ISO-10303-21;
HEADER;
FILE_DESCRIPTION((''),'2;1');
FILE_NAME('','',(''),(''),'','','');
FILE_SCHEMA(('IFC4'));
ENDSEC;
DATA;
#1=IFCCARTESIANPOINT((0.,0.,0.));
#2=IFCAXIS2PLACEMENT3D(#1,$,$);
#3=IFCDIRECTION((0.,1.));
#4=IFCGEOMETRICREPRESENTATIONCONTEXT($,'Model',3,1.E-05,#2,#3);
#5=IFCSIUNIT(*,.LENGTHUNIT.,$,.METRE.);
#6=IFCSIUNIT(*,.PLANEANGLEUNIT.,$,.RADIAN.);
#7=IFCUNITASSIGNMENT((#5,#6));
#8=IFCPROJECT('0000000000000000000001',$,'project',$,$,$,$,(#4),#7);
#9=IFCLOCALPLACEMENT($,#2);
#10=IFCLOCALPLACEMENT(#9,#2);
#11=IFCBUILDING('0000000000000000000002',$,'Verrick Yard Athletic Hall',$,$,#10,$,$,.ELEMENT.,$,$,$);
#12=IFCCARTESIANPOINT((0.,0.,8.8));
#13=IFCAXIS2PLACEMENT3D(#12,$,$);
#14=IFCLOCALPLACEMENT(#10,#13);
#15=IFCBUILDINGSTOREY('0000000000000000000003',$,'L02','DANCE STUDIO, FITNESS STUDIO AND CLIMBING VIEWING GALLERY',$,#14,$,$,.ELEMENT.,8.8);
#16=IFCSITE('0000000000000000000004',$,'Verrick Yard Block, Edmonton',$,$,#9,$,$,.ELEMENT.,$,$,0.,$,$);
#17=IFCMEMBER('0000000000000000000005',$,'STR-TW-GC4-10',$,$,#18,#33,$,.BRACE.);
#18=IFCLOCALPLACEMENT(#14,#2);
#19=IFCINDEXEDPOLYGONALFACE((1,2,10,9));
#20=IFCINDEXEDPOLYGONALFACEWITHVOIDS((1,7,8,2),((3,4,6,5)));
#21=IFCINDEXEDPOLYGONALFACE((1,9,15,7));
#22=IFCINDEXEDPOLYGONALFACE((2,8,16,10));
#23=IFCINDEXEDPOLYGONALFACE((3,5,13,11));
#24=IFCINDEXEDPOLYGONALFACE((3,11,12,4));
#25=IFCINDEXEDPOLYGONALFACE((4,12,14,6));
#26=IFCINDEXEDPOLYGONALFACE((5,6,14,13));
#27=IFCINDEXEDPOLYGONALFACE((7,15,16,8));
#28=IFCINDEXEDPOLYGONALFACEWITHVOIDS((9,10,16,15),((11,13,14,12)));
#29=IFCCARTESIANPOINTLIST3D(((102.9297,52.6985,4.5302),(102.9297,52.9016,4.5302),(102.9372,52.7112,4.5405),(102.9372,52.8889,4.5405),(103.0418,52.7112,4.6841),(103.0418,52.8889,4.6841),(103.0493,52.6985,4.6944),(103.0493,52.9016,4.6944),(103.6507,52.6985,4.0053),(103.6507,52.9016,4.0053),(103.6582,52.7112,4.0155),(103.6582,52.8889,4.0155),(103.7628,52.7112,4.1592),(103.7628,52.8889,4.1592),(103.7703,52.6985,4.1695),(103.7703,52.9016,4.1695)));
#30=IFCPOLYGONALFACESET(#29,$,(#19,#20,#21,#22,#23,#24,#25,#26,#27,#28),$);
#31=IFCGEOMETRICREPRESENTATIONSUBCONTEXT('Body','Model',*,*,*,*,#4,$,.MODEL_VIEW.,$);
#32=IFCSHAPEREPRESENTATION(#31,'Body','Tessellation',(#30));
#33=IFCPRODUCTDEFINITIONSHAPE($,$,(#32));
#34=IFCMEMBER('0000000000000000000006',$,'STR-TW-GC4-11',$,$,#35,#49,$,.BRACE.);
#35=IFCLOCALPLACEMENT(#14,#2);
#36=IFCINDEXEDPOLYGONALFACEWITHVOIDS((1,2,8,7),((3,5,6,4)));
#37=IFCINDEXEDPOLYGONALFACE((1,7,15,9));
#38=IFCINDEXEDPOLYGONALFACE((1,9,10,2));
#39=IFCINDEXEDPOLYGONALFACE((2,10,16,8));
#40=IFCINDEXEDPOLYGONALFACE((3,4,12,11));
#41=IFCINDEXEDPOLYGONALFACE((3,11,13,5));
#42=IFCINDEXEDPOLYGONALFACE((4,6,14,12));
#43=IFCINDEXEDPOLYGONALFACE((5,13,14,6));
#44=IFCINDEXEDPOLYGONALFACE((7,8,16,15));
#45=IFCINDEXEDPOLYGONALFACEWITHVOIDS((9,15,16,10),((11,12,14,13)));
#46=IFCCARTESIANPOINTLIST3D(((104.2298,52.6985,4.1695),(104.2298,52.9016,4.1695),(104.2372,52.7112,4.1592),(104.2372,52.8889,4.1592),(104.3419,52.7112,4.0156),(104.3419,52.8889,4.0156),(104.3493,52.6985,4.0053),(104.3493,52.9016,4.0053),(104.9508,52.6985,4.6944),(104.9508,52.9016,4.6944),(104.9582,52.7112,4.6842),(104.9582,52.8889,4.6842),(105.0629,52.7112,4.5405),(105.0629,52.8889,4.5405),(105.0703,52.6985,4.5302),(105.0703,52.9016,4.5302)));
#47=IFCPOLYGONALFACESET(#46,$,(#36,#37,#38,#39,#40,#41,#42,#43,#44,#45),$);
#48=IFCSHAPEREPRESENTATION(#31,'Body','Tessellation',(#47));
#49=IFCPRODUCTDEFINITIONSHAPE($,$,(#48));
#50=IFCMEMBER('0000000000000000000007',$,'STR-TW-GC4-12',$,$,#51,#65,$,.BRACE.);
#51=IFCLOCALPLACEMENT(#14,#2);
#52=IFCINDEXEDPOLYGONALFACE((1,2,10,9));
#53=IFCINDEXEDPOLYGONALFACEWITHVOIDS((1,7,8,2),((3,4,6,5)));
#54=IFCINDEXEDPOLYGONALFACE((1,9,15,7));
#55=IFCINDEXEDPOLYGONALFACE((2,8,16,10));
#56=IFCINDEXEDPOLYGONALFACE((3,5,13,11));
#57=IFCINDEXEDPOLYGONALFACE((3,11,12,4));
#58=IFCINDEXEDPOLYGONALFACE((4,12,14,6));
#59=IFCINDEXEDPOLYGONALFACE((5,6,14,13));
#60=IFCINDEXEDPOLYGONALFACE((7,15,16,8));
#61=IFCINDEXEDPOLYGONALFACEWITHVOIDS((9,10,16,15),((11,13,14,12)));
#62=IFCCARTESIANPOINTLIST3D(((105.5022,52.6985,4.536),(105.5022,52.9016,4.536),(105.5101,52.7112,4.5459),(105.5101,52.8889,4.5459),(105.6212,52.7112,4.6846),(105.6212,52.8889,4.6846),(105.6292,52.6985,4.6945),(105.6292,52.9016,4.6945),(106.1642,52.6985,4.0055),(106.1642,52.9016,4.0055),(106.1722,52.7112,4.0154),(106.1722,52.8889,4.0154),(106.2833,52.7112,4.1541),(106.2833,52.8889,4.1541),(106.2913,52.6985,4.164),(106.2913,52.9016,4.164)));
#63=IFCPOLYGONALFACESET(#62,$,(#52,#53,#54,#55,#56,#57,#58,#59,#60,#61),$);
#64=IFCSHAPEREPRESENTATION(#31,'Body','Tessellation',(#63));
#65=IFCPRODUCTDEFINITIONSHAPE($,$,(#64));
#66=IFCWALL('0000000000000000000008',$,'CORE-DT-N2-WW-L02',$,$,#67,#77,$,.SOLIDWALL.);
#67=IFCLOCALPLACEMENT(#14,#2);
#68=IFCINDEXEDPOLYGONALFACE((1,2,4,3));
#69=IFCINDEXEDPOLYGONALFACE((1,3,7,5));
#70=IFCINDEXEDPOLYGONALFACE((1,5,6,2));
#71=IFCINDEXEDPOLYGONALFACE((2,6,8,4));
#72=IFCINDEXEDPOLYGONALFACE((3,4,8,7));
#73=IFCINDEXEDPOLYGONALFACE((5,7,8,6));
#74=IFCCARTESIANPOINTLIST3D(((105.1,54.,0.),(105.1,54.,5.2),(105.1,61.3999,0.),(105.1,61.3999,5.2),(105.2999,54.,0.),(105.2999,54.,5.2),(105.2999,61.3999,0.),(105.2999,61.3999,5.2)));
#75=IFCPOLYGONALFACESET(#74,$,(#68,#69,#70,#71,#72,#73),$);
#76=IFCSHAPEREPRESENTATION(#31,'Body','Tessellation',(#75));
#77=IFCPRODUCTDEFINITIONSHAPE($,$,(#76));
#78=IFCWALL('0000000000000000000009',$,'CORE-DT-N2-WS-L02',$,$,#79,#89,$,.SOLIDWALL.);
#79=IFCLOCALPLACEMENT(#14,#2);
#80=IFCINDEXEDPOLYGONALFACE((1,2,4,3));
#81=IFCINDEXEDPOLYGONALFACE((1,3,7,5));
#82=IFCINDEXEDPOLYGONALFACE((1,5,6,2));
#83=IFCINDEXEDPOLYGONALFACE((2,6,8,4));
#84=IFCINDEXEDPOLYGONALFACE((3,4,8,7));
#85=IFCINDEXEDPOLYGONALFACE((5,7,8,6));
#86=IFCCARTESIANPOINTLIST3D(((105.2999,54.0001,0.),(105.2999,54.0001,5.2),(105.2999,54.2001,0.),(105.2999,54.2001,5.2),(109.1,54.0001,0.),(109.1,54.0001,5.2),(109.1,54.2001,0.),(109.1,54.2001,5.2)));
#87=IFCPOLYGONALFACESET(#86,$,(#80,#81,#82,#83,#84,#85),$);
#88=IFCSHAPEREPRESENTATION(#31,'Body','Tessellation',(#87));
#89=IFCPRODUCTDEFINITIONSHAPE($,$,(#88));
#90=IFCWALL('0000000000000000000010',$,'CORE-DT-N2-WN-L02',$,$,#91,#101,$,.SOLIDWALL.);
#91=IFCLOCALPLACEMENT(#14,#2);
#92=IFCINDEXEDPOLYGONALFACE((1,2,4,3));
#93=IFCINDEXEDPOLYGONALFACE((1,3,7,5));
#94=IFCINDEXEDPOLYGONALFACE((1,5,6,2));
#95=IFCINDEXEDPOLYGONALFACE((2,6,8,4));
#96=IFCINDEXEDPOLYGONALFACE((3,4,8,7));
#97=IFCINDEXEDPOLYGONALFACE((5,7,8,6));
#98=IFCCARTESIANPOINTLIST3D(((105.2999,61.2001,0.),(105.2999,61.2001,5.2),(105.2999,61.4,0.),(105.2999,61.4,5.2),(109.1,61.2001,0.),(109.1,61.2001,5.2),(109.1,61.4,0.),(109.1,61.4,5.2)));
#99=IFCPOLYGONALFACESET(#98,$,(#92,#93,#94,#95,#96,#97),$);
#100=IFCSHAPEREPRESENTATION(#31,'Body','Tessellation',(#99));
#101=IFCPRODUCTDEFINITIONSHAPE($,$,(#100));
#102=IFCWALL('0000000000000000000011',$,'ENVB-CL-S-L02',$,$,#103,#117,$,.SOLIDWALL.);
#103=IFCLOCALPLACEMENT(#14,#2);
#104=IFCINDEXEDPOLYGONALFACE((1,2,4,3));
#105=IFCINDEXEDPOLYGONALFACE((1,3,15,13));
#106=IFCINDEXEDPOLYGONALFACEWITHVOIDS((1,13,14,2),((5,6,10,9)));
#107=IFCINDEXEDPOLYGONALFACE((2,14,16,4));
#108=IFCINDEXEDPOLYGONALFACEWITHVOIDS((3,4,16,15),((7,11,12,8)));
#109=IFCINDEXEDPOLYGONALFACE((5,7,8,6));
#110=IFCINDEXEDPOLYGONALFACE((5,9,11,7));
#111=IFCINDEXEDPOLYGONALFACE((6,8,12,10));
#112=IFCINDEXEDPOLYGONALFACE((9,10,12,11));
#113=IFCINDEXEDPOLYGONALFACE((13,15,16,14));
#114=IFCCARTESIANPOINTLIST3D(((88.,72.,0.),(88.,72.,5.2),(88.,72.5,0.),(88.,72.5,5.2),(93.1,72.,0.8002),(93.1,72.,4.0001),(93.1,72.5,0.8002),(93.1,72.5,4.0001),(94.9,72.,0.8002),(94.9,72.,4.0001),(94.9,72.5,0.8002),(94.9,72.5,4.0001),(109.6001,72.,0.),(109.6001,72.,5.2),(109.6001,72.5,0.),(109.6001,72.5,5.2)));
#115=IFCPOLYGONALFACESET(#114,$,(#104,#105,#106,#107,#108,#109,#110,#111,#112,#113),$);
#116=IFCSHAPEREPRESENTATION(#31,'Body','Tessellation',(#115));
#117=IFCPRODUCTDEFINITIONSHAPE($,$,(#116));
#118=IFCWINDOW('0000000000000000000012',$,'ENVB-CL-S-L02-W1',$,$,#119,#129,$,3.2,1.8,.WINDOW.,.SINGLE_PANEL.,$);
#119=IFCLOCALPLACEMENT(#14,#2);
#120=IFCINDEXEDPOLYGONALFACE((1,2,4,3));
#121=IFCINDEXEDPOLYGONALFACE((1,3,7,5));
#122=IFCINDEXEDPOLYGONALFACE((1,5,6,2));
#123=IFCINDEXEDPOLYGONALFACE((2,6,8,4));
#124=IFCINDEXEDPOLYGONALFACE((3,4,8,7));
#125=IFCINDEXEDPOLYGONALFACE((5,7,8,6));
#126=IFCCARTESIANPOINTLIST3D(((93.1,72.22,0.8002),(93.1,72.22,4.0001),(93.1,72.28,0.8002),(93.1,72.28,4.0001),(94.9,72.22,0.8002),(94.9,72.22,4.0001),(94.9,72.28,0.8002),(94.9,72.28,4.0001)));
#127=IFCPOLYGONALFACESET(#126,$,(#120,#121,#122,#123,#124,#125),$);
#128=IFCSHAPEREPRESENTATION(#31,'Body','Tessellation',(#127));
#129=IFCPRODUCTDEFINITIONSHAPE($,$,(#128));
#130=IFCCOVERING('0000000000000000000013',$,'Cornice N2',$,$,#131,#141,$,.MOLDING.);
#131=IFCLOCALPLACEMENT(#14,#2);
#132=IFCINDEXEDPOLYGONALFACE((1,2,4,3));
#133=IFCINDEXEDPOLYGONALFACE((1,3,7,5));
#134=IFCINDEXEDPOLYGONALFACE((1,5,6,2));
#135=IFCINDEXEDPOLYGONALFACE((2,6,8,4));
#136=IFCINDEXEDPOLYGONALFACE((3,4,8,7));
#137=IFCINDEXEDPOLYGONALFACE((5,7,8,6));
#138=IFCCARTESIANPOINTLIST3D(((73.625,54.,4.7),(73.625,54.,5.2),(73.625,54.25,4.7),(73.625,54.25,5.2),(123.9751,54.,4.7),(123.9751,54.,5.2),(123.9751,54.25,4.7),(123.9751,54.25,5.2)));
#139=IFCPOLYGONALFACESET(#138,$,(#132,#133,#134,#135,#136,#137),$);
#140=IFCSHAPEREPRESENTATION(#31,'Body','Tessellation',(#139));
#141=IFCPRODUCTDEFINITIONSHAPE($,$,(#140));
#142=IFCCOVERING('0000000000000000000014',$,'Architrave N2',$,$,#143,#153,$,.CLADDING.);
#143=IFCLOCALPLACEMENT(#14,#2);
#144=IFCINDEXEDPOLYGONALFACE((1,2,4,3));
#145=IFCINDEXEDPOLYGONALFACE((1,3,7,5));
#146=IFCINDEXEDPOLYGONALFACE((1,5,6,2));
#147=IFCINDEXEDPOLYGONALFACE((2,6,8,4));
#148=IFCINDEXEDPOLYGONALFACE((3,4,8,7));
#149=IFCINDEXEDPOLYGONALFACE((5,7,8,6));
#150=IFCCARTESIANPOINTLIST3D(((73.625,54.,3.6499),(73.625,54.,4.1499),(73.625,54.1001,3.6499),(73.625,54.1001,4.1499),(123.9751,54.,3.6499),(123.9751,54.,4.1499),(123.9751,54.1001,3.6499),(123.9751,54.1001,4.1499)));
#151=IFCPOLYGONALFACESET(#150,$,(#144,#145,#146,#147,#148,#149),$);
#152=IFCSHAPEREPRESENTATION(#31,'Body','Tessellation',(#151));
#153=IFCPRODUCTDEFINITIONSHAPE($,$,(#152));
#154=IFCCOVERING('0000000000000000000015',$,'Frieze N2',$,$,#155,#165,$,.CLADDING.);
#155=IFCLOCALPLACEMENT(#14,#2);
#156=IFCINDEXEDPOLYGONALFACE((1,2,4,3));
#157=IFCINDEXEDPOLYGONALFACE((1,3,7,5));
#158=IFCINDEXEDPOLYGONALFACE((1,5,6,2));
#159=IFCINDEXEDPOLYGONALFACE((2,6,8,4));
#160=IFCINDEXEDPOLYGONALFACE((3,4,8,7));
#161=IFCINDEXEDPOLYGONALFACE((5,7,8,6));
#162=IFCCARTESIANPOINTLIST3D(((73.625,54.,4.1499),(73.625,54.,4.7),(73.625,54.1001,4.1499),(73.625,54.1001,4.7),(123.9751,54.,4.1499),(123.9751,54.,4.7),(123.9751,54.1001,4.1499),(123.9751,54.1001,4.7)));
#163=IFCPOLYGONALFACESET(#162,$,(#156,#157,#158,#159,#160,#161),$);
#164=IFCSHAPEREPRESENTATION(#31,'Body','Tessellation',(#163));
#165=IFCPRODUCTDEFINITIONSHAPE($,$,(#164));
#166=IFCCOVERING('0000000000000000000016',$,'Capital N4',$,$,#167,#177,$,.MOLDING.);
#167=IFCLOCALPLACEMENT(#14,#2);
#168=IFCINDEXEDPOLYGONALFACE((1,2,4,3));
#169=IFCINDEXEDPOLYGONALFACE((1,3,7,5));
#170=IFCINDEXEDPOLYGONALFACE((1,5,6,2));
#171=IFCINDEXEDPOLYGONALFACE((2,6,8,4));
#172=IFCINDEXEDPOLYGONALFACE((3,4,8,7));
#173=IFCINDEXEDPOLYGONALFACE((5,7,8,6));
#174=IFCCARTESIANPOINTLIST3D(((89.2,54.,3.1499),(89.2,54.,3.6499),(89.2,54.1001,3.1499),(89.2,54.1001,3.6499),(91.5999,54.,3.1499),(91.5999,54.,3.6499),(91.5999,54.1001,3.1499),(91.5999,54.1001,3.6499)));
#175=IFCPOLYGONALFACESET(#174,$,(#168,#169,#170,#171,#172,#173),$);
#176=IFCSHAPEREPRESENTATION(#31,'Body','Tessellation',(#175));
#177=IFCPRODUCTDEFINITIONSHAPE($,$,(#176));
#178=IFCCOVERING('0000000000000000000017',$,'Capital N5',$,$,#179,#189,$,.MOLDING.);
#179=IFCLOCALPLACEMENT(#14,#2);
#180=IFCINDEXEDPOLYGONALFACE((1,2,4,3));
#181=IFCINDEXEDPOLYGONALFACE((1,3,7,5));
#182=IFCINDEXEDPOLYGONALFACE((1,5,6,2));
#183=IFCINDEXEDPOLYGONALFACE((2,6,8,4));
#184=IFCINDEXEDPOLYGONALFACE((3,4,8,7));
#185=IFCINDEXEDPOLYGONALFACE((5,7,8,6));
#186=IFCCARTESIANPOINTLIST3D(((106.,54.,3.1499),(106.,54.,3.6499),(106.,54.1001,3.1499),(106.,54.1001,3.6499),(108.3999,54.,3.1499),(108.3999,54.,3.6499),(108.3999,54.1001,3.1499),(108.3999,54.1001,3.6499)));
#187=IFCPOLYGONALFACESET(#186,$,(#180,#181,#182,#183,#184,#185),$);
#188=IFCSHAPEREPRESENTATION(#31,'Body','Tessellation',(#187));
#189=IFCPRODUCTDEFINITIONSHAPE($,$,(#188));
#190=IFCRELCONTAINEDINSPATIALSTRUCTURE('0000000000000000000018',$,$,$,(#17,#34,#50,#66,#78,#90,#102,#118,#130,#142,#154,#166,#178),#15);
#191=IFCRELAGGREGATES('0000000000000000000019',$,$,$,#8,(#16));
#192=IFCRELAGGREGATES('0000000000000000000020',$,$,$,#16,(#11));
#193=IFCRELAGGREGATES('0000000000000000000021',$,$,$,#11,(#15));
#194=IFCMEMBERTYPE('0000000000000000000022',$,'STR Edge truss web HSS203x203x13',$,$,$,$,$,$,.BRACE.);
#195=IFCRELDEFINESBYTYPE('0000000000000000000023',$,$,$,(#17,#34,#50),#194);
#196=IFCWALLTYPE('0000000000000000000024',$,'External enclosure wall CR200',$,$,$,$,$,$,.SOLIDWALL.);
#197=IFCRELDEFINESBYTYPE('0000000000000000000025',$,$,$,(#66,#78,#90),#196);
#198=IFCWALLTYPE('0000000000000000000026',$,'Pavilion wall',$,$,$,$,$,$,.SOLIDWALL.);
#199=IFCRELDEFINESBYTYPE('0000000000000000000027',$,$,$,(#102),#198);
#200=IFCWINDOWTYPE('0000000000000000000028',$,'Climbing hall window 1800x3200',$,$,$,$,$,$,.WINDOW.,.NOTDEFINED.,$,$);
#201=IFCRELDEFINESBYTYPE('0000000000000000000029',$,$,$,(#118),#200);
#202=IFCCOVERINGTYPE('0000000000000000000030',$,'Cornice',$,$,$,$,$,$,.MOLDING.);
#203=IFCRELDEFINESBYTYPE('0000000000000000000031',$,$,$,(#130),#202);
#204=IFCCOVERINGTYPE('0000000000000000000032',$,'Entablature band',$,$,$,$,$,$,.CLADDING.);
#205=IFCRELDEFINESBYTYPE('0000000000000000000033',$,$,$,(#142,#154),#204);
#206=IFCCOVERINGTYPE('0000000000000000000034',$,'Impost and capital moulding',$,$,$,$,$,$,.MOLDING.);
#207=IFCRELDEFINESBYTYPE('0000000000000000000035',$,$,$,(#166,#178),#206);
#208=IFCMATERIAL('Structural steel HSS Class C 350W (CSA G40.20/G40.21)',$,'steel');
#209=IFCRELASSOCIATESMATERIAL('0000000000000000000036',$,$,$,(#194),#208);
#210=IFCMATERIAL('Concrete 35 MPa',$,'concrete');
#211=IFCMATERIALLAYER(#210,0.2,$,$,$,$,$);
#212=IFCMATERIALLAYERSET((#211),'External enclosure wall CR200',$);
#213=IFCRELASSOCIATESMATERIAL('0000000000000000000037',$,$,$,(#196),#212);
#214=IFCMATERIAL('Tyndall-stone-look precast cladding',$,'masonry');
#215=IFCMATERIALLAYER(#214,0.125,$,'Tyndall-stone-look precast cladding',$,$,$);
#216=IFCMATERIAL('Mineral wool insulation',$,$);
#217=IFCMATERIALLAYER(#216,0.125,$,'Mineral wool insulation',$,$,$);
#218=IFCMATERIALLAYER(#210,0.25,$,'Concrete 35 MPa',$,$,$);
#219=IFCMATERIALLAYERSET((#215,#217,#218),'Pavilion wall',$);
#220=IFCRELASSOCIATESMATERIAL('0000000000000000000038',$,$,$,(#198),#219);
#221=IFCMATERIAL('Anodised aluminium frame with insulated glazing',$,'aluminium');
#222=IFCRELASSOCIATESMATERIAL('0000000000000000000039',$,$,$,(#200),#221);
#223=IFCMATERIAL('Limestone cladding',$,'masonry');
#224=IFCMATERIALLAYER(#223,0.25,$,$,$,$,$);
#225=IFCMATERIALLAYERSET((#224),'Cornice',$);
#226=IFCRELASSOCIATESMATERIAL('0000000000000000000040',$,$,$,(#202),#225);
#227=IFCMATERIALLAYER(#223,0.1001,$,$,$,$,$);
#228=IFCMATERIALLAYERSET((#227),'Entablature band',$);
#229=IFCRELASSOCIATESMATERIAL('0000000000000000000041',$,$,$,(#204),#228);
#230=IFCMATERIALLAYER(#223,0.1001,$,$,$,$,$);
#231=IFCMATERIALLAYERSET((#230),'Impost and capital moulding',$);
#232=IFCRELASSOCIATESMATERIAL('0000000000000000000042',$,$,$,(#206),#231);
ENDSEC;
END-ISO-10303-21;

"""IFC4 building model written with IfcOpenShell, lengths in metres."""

from ifc_helpers import new_model, si_unit, direction, frame, frame_2d, origin, origin_2d, place, context, subcontext, project, spatial, rectangle, hollow_rectangle, extrude, material, layer, layer_set, material_profile, profile_set, type_object, element, fill, save


model = new_model("IFC4")

# Units and contexts
model_context = context("Model", 3, precision=1e-05, world=origin(), true_north=direction((0.0, 1.0)))
body_context = subcontext(model_context, "Body", "Model", "MODEL_VIEW")
ifc_project = project(units=[si_unit("LENGTHUNIT", "METRE"), si_unit("PLANEANGLEUNIT", "RADIAN")], contexts=[model_context])

# Site, building, storey
site_placement = place(None, origin())
site = spatial("IfcSite", under=ifc_project, at=site_placement, Name="Verrick Yard Block, Edmonton", CompositionType="ELEMENT", RefElevation=0.0)
building_placement = place(site_placement, origin())
building = spatial("IfcBuilding", under=site, at=building_placement, Name="Verrick Yard Athletic Hall", CompositionType="ELEMENT")
storey_placement = place(building_placement, frame((0.0, 0.0, 8.8)))
storey = spatial("IfcBuildingStorey", under=building, at=storey_placement, Name="L02", Description="DANCE STUDIO, FITNESS STUDIO AND CLIMBING VIEWING GALLERY", CompositionType="ELEMENT", Elevation=8.8)

# Shared definitions
ifc_material_1 = material(Name="Concrete 35 MPa", Category="concrete")

# Members
ifc_material_2 = material(Name="Structural steel HSS Class C 350W (CSA G40.20/G40.21)", Category="steel")
ifc_material_profile_1 = material_profile(ifc_material_2, hollow_rectangle(XDim=0.2031, YDim=0.2031, WallThickness=0.0127, at=origin_2d()), Name="HSS203x203x13")
ifc_profile_set_1 = profile_set([ifc_material_profile_1], Name="Structural steel HSS Class C 350W (CSA G40.20/G40.21)")
member_type_1 = type_object("IfcMemberType", Name="STR Edge truss web HSS203x203x13", PredefinedType="BRACE", material=ifc_profile_set_1)
for number, where, z_axis, x_axis, name in (
    (1, (102.9895, 52.8, 4.6123), (0.808428, 0.0, -0.588595), (0.0, 1.0, 0.0), "STR-TW-GC4-10"),
    (2, (104.2896, 52.8, 4.0874), (0.808428, 0.0, 0.588595), (0.0, 1.0, 0.0), "STR-TW-GC4-11"),
):
    element("IfcMember", number, at=place(storey_placement, frame(where, z_axis=z_axis, x_axis=x_axis)), inside=storey, type_object=member_type_1, Name=name, PredefinedType="BRACE", context=body_context, shape_type="SweptSolid", body=[
        extrude(hollow_rectangle(XDim=0.2031, YDim=0.2031, WallThickness=0.0127, at=origin_2d()), origin(), (0.0, 0.0, 1.0), 0.8918),
    ])
member_1_placement = place(storey_placement, frame((105.5657, 52.8, 4.6152), z_axis=(0.780391, 0.0, -0.625291), x_axis=(0.0, 1.0, 0.0)))
element("IfcMember", 3, at=member_1_placement, inside=storey, type_object=member_type_1, Name="STR-TW-GC4-12", PredefinedType="BRACE", context=body_context, shape_type="SweptSolid", body=[
    extrude(hollow_rectangle(XDim=0.2031, YDim=0.2031, WallThickness=0.0127, at=origin_2d()), origin(), (0.0, 0.0, 1.0), 0.8484),
])

# Walls
ifc_layer_1 = layer(ifc_material_1, 0.2)
ifc_layer_set_1 = layer_set([ifc_layer_1], Name="External enclosure wall CR200")
wall_type_1 = type_object("IfcWallType", Name="External enclosure wall CR200", PredefinedType="SOLIDWALL", material=ifc_layer_set_1)
wall_1_placement = place(storey_placement, frame((105.2, 54.0, 0.0), z_axis=(0.0, 0.0, 1.0), x_axis=(0.0, 1.0, 0.0)))
element("IfcWall", 4, at=wall_1_placement, inside=storey, type_object=wall_type_1, Name="CORE-DT-N2-WW-L02", PredefinedType="SOLIDWALL", context=body_context, shape_type="SweptSolid", body=[
    extrude(rectangle(XDim=7.3999, YDim=0.2, at=frame_2d((3.7, 0.0))), origin(), (0.0, 0.0, 1.0), 5.2),
])
for number, where, z_axis, x_axis, name in (
    (5, (105.3, 54.1001, 0.0), (0.0, 0.0, 1.0), (1.0, 0.0, 0.0), "CORE-DT-N2-WS-L02"),
    (6, (105.3, 61.3, 0.0), (0.0, 0.0, 1.0), (1.0, 0.0, 0.0), "CORE-DT-N2-WN-L02"),
):
    element("IfcWall", number, at=place(storey_placement, frame(where, z_axis=z_axis, x_axis=x_axis)), inside=storey, type_object=wall_type_1, Name=name, PredefinedType="SOLIDWALL", context=body_context, shape_type="SweptSolid", body=[
        extrude(rectangle(XDim=3.8, YDim=0.2, at=frame_2d((1.8999, 0.0))), origin(), (0.0, 0.0, 1.0), 5.2),
    ])

# Wall, opening, window
ifc_material_3 = material(Name="Tyndall-stone-look precast cladding", Category="masonry")
ifc_layer_2 = layer(ifc_material_3, 0.125, Name="Tyndall-stone-look precast cladding")
ifc_material_4 = material(Name="Mineral wool insulation")
ifc_layer_3 = layer(ifc_material_4, 0.125, Name="Mineral wool insulation")
ifc_layer_4 = layer(ifc_material_1, 0.25, Name="Concrete 35 MPa")
ifc_layer_set_2 = layer_set([ifc_layer_2, ifc_layer_3, ifc_layer_4], Name="Pavilion wall")
wall_type_2 = type_object("IfcWallType", Name="Pavilion wall", PredefinedType="SOLIDWALL", material=ifc_layer_set_2)
wall_2_placement = place(storey_placement, frame((88.0, 72.25, 0.0), z_axis=(0.0, 0.0, 1.0), x_axis=(1.0, 0.0, 0.0)))
wall_2 = element("IfcWall", 7, at=wall_2_placement, inside=storey, type_object=wall_type_2, Name="ENVB-CL-S-L02", PredefinedType="SOLIDWALL", context=body_context, shape_type="SweptSolid", body=[
    extrude(rectangle(XDim=21.6001, YDim=0.5, at=frame_2d((10.8, 0.0))), origin(), (0.0, 0.0, 1.0), 5.2),
])
opening_placement = place(wall_2_placement, frame((5.1001, 0.0, 0.8)))
opening = element("IfcOpeningElement", 8, at=opening_placement, cuts=wall_2, PredefinedType="OPENING", context=body_context, shape_type="SweptSolid", body=[
    extrude(rectangle(XDim=1.8, YDim=3.2, at=frame_2d((0.8999, 1.6001))), frame((0.0, 0.26, 0.0), z_axis=(0.0, -1.0, 0.0), x_axis=(1.0, 0.0, 0.0)), (0.0, 0.0, 1.0), 0.52),
])
ifc_material_5 = material(Name="Anodised aluminium frame with insulated glazing", Category="aluminium")
window_type = type_object("IfcWindowType", Name="Climbing hall window 1800x3200", PartitioningType="NOTDEFINED", PredefinedType="WINDOW", material=ifc_material_5)
window_placement = place(opening_placement, origin())
window = element("IfcWindow", 9, at=window_placement, inside=storey, type_object=window_type, Name="ENVB-CL-S-L02-W1", OverallHeight=3.2, OverallWidth=1.8, PartitioningType="SINGLE_PANEL", PredefinedType="WINDOW", context=body_context, shape_type="SweptSolid", body=[
    extrude(rectangle(XDim=1.8, YDim=3.2, at=frame_2d((0.8999, 1.6001))), frame((0.0, 0.03, 0.0), z_axis=(0.0, -1.0, 0.0), x_axis=(1.0, 0.0, 0.0)), (0.0, 0.0, 1.0), 0.0601),
])
fill(opening, window)

# Coverings
ifc_material_6 = material(Name="Limestone cladding", Category="masonry")
ifc_layer_5 = layer(ifc_material_6, 0.25)
ifc_layer_set_3 = layer_set([ifc_layer_5], Name="Cornice")
covering_type_1 = type_object("IfcCoveringType", Name="Cornice", PredefinedType="MOLDING", material=ifc_layer_set_3)
covering_1_placement = place(storey_placement, frame((98.8, 54.125, 4.7), z_axis=(0.0, 0.0, 1.0), x_axis=(1.0, 0.0, 0.0)))
element("IfcCovering", 10, at=covering_1_placement, inside=storey, type_object=covering_type_1, Name="Cornice N2", PredefinedType="MOLDING", context=body_context, shape_type="SweptSolid", body=[
    extrude(rectangle(XDim=50.3501, YDim=0.25, at=origin_2d()), origin(), (0.0, 0.0, 1.0), 0.5),
])
ifc_layer_6 = layer(ifc_material_6, 0.1001)
ifc_layer_set_4 = layer_set([ifc_layer_6], Name="Entablature band")
covering_type_2 = type_object("IfcCoveringType", Name="Entablature band", PredefinedType="CLADDING", material=ifc_layer_set_4)
covering_2_placement = place(storey_placement, frame((98.8, 54.05, 3.6499), z_axis=(0.0, 0.0, 1.0), x_axis=(1.0, 0.0, 0.0)))
element("IfcCovering", 11, at=covering_2_placement, inside=storey, type_object=covering_type_2, Name="Architrave N2", PredefinedType="CLADDING", context=body_context, shape_type="SweptSolid", body=[
    extrude(rectangle(XDim=50.3501, YDim=0.1001, at=origin_2d()), origin(), (0.0, 0.0, 1.0), 0.5),
])
covering_3_placement = place(storey_placement, frame((98.8, 54.05, 4.1499), z_axis=(0.0, 0.0, 1.0), x_axis=(1.0, 0.0, 0.0)))
element("IfcCovering", 12, at=covering_3_placement, inside=storey, type_object=covering_type_2, Name="Frieze N2", PredefinedType="CLADDING", context=body_context, shape_type="SweptSolid", body=[
    extrude(rectangle(XDim=50.3501, YDim=0.1001, at=origin_2d()), origin(), (0.0, 0.0, 1.0), 0.55),
])
ifc_layer_7 = layer(ifc_material_6, 0.1001)
ifc_layer_set_5 = layer_set([ifc_layer_7], Name="Impost and capital moulding")
covering_type_3 = type_object("IfcCoveringType", Name="Impost and capital moulding", PredefinedType="MOLDING", material=ifc_layer_set_5)
for number, where, z_axis, x_axis, name in (
    (13, (90.3999, 54.05, 3.1499), (0.0, 0.0, 1.0), (1.0, 0.0, 0.0), "Capital N4"),
    (14, (107.2, 54.05, 3.1499), (0.0, 0.0, 1.0), (1.0, 0.0, 0.0), "Capital N5"),
):
    element("IfcCovering", number, at=place(storey_placement, frame(where, z_axis=z_axis, x_axis=x_axis)), inside=storey, type_object=covering_type_3, Name=name, PredefinedType="MOLDING", context=body_context, shape_type="SweptSolid", body=[
        extrude(rectangle(XDim=2.3999, YDim=0.1001, at=origin_2d()), origin(), (0.0, 0.0, 1.0), 0.5),
    ])

save(model, "model.ifc")
